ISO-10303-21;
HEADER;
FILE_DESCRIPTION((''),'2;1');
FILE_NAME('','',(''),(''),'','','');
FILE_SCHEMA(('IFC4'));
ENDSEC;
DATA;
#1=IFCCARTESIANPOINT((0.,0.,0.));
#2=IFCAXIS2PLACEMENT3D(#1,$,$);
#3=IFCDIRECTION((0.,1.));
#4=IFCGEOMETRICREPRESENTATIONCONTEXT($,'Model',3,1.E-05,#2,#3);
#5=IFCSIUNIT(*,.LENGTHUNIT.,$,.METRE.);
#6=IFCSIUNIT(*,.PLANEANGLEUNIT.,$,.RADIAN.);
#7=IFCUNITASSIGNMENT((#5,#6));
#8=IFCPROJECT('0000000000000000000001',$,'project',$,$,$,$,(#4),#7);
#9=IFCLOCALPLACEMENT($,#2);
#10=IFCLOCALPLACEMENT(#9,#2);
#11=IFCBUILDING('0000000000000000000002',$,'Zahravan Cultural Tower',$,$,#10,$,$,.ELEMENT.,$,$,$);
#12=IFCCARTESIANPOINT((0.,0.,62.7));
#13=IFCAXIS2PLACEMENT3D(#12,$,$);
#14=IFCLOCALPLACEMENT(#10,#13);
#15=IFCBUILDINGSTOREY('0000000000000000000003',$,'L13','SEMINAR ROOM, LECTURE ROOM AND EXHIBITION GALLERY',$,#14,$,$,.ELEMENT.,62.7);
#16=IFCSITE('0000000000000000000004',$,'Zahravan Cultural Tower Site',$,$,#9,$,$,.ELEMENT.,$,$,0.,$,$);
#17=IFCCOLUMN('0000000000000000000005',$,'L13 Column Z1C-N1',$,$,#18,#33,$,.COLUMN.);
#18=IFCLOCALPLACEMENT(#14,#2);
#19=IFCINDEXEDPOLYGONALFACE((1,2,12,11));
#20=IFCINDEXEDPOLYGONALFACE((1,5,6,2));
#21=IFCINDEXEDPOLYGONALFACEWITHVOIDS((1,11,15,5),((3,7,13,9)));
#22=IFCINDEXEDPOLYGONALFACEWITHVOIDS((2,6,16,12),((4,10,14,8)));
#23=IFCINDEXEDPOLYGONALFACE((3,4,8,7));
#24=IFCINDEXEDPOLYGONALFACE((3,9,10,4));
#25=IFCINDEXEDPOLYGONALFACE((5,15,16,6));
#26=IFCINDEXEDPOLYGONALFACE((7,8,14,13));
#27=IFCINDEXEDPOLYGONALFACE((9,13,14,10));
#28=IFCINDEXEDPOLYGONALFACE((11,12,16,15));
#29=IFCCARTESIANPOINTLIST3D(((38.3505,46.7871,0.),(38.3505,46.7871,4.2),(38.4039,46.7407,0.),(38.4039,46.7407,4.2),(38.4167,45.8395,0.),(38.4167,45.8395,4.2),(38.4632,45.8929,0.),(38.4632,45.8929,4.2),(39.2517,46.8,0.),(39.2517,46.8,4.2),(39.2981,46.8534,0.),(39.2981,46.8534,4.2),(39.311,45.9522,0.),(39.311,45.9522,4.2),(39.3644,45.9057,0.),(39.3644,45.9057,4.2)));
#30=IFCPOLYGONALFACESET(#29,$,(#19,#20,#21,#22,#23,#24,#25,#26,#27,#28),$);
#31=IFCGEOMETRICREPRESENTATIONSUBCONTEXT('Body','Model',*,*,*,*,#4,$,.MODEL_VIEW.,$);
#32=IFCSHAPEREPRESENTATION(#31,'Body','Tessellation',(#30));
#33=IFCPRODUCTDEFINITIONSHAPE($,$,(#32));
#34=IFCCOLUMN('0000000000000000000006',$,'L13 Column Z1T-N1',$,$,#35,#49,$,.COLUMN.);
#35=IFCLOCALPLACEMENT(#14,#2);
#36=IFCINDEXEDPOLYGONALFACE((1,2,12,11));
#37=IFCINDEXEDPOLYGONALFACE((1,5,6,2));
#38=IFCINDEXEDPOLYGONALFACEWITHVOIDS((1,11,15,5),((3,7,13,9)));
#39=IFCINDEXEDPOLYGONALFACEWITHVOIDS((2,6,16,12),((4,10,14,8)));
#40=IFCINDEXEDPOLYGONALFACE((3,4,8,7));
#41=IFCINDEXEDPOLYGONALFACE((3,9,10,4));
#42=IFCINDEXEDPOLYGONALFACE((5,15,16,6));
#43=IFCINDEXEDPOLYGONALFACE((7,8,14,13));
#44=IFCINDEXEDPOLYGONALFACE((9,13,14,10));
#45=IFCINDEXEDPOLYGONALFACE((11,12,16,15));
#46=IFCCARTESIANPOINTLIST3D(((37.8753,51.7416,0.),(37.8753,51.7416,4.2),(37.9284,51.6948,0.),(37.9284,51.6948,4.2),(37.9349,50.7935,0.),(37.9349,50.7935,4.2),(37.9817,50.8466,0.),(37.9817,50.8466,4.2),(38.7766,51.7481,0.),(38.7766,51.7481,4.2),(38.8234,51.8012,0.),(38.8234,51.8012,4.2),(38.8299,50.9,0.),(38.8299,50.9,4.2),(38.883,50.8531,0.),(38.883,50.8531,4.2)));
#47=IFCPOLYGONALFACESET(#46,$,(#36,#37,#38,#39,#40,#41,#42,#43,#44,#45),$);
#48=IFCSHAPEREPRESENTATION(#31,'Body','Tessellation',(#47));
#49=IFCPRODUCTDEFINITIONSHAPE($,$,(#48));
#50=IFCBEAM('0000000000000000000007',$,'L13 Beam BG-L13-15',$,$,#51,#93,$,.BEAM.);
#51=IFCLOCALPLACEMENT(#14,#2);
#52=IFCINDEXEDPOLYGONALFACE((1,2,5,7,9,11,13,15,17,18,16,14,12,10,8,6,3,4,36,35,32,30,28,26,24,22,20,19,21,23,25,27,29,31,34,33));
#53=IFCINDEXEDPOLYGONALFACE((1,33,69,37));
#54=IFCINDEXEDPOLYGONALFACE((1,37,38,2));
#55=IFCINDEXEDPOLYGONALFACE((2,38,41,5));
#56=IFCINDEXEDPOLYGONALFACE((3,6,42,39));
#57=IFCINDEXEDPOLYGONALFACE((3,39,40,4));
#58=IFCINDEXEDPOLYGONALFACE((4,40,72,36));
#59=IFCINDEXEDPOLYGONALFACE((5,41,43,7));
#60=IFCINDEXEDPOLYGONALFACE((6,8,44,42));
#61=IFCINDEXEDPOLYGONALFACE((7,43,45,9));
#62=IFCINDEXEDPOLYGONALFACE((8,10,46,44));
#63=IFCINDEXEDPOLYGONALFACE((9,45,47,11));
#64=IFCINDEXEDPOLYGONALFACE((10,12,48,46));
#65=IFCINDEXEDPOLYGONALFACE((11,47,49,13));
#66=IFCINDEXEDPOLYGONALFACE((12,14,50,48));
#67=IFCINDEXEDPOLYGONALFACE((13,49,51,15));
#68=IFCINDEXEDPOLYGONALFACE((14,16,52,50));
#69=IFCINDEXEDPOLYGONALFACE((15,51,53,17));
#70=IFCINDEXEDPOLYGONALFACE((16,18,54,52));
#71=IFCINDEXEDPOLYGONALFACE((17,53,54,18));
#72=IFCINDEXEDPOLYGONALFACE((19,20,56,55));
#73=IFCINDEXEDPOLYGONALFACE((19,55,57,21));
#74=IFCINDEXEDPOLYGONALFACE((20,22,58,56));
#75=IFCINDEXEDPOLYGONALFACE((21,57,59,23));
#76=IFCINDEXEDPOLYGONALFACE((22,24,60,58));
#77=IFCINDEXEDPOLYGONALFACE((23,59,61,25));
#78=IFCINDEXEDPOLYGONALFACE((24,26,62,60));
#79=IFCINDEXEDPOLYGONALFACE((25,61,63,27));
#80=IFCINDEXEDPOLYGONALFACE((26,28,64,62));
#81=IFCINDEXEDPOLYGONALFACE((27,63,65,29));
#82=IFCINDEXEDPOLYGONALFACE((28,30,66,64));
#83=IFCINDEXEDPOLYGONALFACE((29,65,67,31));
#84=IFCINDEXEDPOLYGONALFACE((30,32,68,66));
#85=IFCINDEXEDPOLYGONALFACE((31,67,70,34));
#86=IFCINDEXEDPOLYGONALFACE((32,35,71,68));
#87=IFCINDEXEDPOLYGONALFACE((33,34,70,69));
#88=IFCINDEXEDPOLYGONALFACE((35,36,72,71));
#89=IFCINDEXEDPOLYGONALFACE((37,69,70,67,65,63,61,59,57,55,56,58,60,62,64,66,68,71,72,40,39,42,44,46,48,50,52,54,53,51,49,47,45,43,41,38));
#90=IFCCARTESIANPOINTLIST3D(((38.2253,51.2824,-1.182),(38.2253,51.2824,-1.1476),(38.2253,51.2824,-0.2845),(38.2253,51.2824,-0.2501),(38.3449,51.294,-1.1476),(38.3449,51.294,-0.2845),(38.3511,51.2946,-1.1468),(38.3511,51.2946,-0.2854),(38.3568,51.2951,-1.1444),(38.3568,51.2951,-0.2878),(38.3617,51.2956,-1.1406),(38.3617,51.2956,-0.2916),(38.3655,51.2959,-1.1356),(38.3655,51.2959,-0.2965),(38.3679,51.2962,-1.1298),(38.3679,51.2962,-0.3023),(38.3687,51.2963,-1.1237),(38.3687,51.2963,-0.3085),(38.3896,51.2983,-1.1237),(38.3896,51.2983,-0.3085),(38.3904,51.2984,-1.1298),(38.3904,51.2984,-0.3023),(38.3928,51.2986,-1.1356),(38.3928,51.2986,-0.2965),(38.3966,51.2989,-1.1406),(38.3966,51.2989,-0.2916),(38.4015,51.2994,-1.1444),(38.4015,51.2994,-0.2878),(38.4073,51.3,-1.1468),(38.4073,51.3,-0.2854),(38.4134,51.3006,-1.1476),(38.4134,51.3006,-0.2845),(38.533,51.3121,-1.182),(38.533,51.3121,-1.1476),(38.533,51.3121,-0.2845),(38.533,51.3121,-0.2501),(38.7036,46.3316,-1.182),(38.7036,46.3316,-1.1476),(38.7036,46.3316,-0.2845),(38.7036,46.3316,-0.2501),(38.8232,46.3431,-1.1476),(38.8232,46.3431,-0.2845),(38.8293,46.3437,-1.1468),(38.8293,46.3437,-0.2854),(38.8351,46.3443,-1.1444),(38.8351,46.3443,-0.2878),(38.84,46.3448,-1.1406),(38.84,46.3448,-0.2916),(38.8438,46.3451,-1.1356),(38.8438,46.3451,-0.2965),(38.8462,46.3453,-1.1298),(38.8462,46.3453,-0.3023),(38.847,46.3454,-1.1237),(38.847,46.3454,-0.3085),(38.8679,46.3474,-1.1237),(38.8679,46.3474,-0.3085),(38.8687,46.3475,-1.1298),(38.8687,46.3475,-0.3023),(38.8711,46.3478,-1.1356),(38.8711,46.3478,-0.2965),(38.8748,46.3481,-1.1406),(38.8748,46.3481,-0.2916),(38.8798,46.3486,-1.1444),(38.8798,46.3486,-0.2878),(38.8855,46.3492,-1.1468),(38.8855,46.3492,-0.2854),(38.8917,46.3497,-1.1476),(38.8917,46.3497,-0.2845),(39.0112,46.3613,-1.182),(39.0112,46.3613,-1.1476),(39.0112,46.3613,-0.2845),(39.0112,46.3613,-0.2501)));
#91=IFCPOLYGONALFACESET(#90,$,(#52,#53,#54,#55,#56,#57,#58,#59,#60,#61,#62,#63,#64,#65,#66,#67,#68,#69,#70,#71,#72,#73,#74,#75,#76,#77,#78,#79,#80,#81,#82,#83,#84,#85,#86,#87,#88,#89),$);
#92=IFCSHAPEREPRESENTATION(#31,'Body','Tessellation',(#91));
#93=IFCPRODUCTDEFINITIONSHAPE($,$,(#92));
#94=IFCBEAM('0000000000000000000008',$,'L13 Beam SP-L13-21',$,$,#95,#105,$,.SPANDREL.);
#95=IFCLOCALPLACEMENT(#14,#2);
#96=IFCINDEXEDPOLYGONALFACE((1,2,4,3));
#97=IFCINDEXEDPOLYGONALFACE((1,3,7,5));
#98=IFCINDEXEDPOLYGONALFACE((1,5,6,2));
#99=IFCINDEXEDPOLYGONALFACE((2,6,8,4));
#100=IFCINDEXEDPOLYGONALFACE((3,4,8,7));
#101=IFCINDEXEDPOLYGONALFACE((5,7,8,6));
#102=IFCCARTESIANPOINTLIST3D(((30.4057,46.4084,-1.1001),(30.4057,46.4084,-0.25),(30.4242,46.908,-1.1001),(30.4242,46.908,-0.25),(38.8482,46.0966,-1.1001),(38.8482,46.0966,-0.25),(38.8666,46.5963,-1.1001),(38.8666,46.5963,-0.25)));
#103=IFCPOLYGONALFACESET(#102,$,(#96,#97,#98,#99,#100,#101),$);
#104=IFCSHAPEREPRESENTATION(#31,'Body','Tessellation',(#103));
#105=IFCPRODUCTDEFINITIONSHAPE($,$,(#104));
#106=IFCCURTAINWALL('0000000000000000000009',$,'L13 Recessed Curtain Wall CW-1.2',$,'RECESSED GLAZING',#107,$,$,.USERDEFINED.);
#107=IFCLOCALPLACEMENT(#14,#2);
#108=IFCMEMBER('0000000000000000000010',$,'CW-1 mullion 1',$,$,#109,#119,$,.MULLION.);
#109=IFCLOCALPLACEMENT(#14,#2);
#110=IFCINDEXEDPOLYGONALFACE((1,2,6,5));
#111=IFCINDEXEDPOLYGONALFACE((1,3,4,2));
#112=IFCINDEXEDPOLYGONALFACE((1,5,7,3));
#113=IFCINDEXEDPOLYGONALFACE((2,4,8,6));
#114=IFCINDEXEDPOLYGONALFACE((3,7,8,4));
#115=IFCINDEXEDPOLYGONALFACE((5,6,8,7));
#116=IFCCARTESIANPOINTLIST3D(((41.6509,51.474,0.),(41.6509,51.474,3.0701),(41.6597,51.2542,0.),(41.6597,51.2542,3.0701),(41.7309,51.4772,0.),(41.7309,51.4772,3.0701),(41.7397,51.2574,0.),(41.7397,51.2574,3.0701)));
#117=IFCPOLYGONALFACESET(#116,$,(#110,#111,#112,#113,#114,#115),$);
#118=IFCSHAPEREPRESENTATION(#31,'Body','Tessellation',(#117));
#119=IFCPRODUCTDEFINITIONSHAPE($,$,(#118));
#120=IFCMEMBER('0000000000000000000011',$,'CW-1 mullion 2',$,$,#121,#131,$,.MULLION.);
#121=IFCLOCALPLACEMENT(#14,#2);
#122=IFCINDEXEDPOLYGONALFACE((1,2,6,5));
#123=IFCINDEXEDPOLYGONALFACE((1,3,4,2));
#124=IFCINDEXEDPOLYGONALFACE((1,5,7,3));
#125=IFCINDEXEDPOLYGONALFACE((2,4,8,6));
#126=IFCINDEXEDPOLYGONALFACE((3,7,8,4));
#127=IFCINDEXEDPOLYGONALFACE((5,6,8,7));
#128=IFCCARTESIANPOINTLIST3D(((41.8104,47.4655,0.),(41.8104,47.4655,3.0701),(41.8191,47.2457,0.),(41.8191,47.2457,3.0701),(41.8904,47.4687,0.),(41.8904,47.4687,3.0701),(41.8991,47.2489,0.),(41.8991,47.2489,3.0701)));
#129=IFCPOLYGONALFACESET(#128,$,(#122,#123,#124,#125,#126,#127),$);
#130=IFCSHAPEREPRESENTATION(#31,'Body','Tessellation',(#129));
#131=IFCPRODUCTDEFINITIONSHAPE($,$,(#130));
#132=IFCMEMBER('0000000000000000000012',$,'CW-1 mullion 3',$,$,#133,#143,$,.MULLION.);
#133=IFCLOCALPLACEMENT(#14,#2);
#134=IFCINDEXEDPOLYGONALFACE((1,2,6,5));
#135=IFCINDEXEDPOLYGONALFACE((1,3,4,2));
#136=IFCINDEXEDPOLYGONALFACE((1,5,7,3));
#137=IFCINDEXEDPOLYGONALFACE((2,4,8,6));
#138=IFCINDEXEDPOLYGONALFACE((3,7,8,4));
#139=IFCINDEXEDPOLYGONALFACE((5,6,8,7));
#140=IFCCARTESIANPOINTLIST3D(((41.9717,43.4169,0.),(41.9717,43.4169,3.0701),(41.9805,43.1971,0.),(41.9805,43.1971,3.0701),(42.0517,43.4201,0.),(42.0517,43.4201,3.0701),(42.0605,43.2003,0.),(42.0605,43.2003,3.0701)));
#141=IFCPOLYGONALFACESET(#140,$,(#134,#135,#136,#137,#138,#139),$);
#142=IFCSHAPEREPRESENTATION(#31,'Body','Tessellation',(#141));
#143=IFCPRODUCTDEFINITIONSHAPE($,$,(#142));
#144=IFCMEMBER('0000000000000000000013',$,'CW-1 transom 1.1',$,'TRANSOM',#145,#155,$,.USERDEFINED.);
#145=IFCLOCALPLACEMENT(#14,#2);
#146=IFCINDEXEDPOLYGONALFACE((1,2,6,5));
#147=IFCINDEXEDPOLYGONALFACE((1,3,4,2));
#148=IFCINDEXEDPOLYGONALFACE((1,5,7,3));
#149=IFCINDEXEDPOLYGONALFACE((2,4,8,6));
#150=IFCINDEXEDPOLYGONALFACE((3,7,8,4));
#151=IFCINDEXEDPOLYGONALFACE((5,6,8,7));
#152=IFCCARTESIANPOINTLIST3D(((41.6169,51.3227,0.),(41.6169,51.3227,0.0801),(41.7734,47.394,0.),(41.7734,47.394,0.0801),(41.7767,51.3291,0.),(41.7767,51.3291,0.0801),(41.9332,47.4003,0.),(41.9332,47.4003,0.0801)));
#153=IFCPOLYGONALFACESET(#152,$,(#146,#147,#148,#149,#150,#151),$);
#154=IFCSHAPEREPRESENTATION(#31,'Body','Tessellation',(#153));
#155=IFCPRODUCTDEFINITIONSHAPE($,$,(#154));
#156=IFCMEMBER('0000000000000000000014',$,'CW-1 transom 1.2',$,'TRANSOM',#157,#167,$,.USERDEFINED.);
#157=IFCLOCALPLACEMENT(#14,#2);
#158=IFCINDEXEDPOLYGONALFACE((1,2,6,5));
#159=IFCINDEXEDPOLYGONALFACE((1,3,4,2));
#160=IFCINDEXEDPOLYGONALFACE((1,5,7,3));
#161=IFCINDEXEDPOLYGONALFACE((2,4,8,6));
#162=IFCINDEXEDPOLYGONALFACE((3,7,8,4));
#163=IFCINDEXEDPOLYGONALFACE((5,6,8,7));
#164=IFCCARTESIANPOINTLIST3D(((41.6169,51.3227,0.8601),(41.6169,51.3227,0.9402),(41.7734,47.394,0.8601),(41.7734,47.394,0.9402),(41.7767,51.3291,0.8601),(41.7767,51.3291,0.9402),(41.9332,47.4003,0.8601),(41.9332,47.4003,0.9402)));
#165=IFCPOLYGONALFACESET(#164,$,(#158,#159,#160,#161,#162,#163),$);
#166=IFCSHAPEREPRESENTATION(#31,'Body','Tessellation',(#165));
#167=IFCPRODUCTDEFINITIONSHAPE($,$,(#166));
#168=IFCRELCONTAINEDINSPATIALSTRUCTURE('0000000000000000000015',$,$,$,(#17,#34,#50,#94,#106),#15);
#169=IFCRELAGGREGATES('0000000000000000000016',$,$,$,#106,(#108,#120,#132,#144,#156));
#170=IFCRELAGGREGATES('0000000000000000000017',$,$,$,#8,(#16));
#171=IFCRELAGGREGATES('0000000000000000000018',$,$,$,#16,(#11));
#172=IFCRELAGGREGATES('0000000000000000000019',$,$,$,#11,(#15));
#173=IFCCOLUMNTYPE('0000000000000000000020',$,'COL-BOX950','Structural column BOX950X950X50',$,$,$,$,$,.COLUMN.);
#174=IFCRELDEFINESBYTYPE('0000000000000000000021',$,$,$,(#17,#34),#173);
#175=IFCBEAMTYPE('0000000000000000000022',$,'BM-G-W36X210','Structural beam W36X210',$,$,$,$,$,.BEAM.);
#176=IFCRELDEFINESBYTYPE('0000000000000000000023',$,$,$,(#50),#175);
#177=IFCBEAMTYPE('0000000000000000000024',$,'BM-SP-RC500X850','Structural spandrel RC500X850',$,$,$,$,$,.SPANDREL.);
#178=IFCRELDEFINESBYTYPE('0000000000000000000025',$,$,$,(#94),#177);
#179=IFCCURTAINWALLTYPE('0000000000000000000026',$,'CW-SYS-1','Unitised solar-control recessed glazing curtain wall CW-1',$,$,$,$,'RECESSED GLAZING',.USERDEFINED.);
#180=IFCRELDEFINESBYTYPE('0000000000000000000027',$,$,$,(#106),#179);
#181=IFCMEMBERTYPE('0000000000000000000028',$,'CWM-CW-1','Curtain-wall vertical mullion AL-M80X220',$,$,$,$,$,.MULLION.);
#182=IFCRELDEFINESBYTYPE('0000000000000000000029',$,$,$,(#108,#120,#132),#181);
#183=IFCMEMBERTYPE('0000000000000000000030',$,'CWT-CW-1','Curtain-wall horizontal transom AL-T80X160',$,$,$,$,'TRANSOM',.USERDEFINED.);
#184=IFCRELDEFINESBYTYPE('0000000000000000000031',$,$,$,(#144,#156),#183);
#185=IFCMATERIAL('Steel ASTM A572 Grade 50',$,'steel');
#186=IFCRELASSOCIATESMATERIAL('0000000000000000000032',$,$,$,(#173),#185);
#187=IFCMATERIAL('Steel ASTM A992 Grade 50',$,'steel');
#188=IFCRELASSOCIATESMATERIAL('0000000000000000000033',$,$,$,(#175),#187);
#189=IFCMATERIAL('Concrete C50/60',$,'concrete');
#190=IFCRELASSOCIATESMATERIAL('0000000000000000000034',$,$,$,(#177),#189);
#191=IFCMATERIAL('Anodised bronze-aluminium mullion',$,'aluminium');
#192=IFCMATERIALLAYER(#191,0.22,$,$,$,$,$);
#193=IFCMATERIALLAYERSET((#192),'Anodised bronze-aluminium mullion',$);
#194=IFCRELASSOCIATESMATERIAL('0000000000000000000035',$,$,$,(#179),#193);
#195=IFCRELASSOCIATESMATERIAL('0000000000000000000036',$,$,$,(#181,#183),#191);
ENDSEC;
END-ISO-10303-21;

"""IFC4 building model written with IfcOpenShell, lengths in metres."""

from ifc_helpers import new_model, si_unit, direction, frame, origin, origin_2d, place, context, subcontext, project, spatial, rectangle, hollow_rectangle, i_section, extrude, source, transform, mapped, material, layer, layer_set, material_profile, profile_set, type_object, element, aggregate, save


model = new_model("IFC4")

# Units and contexts
model_context = context("Model", 3, precision=1e-05, world=origin(), true_north=direction((0.0, 1.0)))
body_context = subcontext(model_context, "Body", "Model", "MODEL_VIEW")
ifc_project = project(units=[si_unit("LENGTHUNIT", "METRE"), si_unit("PLANEANGLEUNIT", "RADIAN")], contexts=[model_context])

# Site, building, storey
site_placement = place(None, origin())
site = spatial("IfcSite", under=ifc_project, at=site_placement, Name="Zahravan Cultural Tower Site", CompositionType="ELEMENT", RefElevation=0.0)
building_placement = place(site_placement, origin())
building = spatial("IfcBuilding", under=site, at=building_placement, Name="Zahravan Cultural Tower", CompositionType="ELEMENT")
storey_placement = place(building_placement, frame((0.0, 0.0, 62.7)))
storey = spatial("IfcBuildingStorey", under=building, at=storey_placement, Name="L13", Description="SEMINAR ROOM, LECTURE ROOM AND EXHIBITION GALLERY", CompositionType="ELEMENT", Elevation=62.7)

# Columns
ifc_material_1 = material(Name="Steel ASTM A572 Grade 50", Category="steel")
ifc_material_profile_1 = material_profile(ifc_material_1, hollow_rectangle(XDim=0.95, YDim=0.95, WallThickness=0.05, at=origin_2d()), Name="BOX950X950X50")
ifc_profile_set_1 = profile_set([ifc_material_profile_1], Name="Steel ASTM A572 Grade 50")
column_type = type_object("IfcColumnType", Name="COL-BOX950", Description="Structural column BOX950X950X50", PredefinedType="COLUMN", material=ifc_profile_set_1)
shared_shape_1 = source(origin(), body_context, "Body", "SweptSolid", [
    extrude(hollow_rectangle(XDim=0.95, YDim=0.95, WallThickness=0.05, at=origin_2d()), origin(), (0.0, 0.0, 1.0), 4.2),
])
for number, where, z_axis, x_axis, name in (
    (1, (38.8574, 46.3464, 0.0), (0.0, 0.0, 1.0), (-0.069756, 0.997564, 0.0), "L13 Column Z1C-N1"),
    (2, (38.3792, 51.2974, 0.0), (0.0, 0.0, 1.0), (-0.062791, 0.998027, 0.0), "L13 Column Z1T-N1"),
):
    element("IfcColumn", number, at=place(storey_placement, frame(where, z_axis=z_axis, x_axis=x_axis)), inside=storey, type_object=column_type, Name=name, PredefinedType="COLUMN", context=body_context, shape_type="MappedRepresentation", body=[
        mapped(shared_shape_1, transform((0.0, 0.0, 0.0), x_axis=(1.0, 0.0, 0.0), y_axis=(0.0, 1.0, 0.0), z_axis=(0.0, 0.0, 1.0), scale=1.0)),
    ])

# Beams
ifc_material_2 = material(Name="Steel ASTM A992 Grade 50", Category="steel")
ifc_material_profile_2 = material_profile(ifc_material_2, i_section(OverallWidth=0.3091, OverallDepth=0.9319, WebThickness=0.021, FlangeThickness=0.0344, FilletRadius=0.0239, at=origin_2d()), Name="W36X210")
ifc_profile_set_2 = profile_set([ifc_material_profile_2], Name="Steel ASTM A992 Grade 50")
beam_type_1 = type_object("IfcBeamType", Name="BM-G-W36X210", Description="Structural beam W36X210", PredefinedType="BEAM", material=ifc_profile_set_2)
shared_shape_2 = source(origin(), body_context, "Body", "SweptSolid", [
    extrude(i_section(OverallWidth=0.3091, OverallDepth=0.9319, WebThickness=0.021, FlangeThickness=0.0344, FilletRadius=0.0239, at=origin_2d()), origin(), (0.0, 0.0, 1.0), 4.9739),
])
beam_1_placement = place(storey_placement, frame((38.8574, 46.3464, -0.7161), z_axis=(-0.096155, 0.995366, 0.0), x_axis=(-0.995366, -0.096155, 0.0)))
element("IfcBeam", 3, at=beam_1_placement, inside=storey, type_object=beam_type_1, Name="L13 Beam BG-L13-15", PredefinedType="BEAM", context=body_context, shape_type="MappedRepresentation", body=[
    mapped(shared_shape_2, transform((0.0, 0.0, 0.0), x_axis=(1.0, 0.0, 0.0), y_axis=(0.0, 1.0, 0.0), z_axis=(0.0, 0.0, 1.0), scale=1.0)),
])
ifc_material_3 = material(Name="Concrete C50/60", Category="concrete")
ifc_material_profile_3 = material_profile(ifc_material_3, rectangle(XDim=0.5, YDim=0.8501, at=origin_2d()), Name="RC500X850")
ifc_profile_set_3 = profile_set([ifc_material_profile_3], Name="Concrete C50/60")
beam_type_2 = type_object("IfcBeamType", Name="BM-SP-RC500X850", Description="Structural spandrel RC500X850", PredefinedType="SPANDREL", material=ifc_profile_set_3)
shared_shape_3 = source(origin(), body_context, "Body", "SweptSolid", [
    extrude(rectangle(XDim=0.5, YDim=0.8501, at=origin_2d()), origin(), (0.0, 0.0, 1.0), 8.4482),
])
beam_2_placement = place(storey_placement, frame((38.8574, 46.3464, -0.675), z_axis=(-0.999319, 0.036904, 0.0), x_axis=(-0.036904, -0.999319, 0.0)))
element("IfcBeam", 4, at=beam_2_placement, inside=storey, type_object=beam_type_2, Name="L13 Beam SP-L13-21", PredefinedType="SPANDREL", context=body_context, shape_type="MappedRepresentation", body=[
    mapped(shared_shape_3, transform((0.0, 0.0, 0.0), x_axis=(1.0, 0.0, 0.0), y_axis=(0.0, 1.0, 0.0), z_axis=(0.0, 0.0, 1.0), scale=1.0)),
])

# Curtain wall, members
ifc_material_4 = material(Name="Anodised bronze-aluminium mullion", Category="aluminium")
ifc_layer_1 = layer(ifc_material_4, 0.22)
ifc_layer_set_1 = layer_set([ifc_layer_1], Name="Anodised bronze-aluminium mullion")
curtain_wall_type = type_object("IfcCurtainWallType", Name="CW-SYS-1", Description="Unitised solar-control recessed glazing curtain wall CW-1", ElementType="RECESSED GLAZING", PredefinedType="USERDEFINED", material=ifc_layer_set_1)
curtain_wall_placement = place(storey_placement, origin())
curtain_wall = element("IfcCurtainWall", 5, at=curtain_wall_placement, inside=storey, type_object=curtain_wall_type, Name="L13 Recessed Curtain Wall CW-1.2", ObjectType="RECESSED GLAZING", PredefinedType="USERDEFINED")
ifc_material_profile_4 = material_profile(ifc_material_4, rectangle(XDim=0.0801, YDim=0.22, at=origin_2d()), Name="AL-M80X220")
ifc_profile_set_4 = profile_set([ifc_material_profile_4], Name="Anodised bronze-aluminium mullion")
member_type_1 = type_object("IfcMemberType", Name="CWM-CW-1", Description="Curtain-wall vertical mullion AL-M80X220", PredefinedType="MULLION", material=ifc_profile_set_4)
shared_shape_4 = source(origin(), body_context, "Body", "SweptSolid", [
    extrude(rectangle(XDim=0.0801, YDim=0.22, at=origin_2d()), origin(), (0.0, 0.0, 1.0), 3.0701),
])
member_1_placement = place(storey_placement, frame((41.6953, 51.3657, 0.0), z_axis=(0.0, 0.0, 1.0), x_axis=(0.999208, 0.039785, 0.0)))
member_1 = element("IfcMember", 6, at=member_1_placement, type_object=member_type_1, Name="CW-1 mullion 1", PredefinedType="MULLION", context=body_context, shape_type="MappedRepresentation", body=[
    mapped(shared_shape_4, transform((0.0, 0.0, 0.0), x_axis=(1.0, 0.0, 0.0), y_axis=(0.0, 1.0, 0.0), z_axis=(0.0, 0.0, 1.0), scale=1.0)),
])
member_2_placement = place(storey_placement, frame((41.8547, 47.3572, 0.0), z_axis=(0.0, 0.0, 1.0), x_axis=(0.999208, 0.039785, 0.0)))
member_2 = element("IfcMember", 7, at=member_2_placement, type_object=member_type_1, Name="CW-1 mullion 2", PredefinedType="MULLION", context=body_context, shape_type="MappedRepresentation", body=[
    mapped(shared_shape_4, transform((0.0, 0.0, 0.0), x_axis=(1.0, 0.0, 0.0), y_axis=(0.0, 1.0, 0.0), z_axis=(0.0, 0.0, 1.0), scale=1.0)),
])
member_3_placement = place(storey_placement, frame((42.0161, 43.3086, 0.0), z_axis=(0.0, 0.0, 1.0), x_axis=(0.999208, 0.039785, 0.0)))
member_3 = element("IfcMember", 8, at=member_3_placement, type_object=member_type_1, Name="CW-1 mullion 3", PredefinedType="MULLION", context=body_context, shape_type="MappedRepresentation", body=[
    mapped(shared_shape_4, transform((0.0, 0.0, 0.0), x_axis=(1.0, 0.0, 0.0), y_axis=(0.0, 1.0, 0.0), z_axis=(0.0, 0.0, 1.0), scale=1.0)),
])
ifc_material_profile_5 = material_profile(ifc_material_4, rectangle(XDim=0.1599, YDim=0.0801, at=origin_2d()), Name="AL-T80X160")
ifc_profile_set_5 = profile_set([ifc_material_profile_5], Name="Anodised bronze-aluminium mullion")
member_type_2 = type_object("IfcMemberType", Name="CWT-CW-1", Description="Curtain-wall horizontal transom AL-T80X160", ElementType="TRANSOM", PredefinedType="USERDEFINED", material=ifc_profile_set_5)
shared_shape_5 = source(origin(), body_context, "Body", "SweptSolid", [
    extrude(rectangle(XDim=0.1599, YDim=0.0801, at=origin_2d()), origin(), (0.0, 0.0, 1.0), 3.9319),
])
member_4_placement = place(storey_placement, frame((41.6968, 51.3259, 0.04), z_axis=(0.039802, -0.999208, 0.0), x_axis=(0.999208, 0.039802, 0.0)))
member_4 = element("IfcMember", 9, at=member_4_placement, type_object=member_type_2, Name="CW-1 transom 1.1", ObjectType="TRANSOM", PredefinedType="USERDEFINED", context=body_context, shape_type="MappedRepresentation", body=[
    mapped(shared_shape_5, transform((0.0, 0.0, 0.0), x_axis=(1.0, 0.0, 0.0), y_axis=(0.0, 1.0, 0.0), z_axis=(0.0, 0.0, 1.0), scale=1.0)),
])
member_5_placement = place(storey_placement, frame((41.6968, 51.3259, 0.9001), z_axis=(0.039802, -0.999208, 0.0), x_axis=(0.999208, 0.039802, 0.0)))
member_5 = element("IfcMember", 10, at=member_5_placement, type_object=member_type_2, Name="CW-1 transom 1.2", ObjectType="TRANSOM", PredefinedType="USERDEFINED", context=body_context, shape_type="MappedRepresentation", body=[
    mapped(shared_shape_5, transform((0.0, 0.0, 0.0), x_axis=(1.0, 0.0, 0.0), y_axis=(0.0, 1.0, 0.0), z_axis=(0.0, 0.0, 1.0), scale=1.0)),
])
aggregate(curtain_wall, [member_1, member_2, member_3, member_4, member_5])

save(model, "model.ifc")
